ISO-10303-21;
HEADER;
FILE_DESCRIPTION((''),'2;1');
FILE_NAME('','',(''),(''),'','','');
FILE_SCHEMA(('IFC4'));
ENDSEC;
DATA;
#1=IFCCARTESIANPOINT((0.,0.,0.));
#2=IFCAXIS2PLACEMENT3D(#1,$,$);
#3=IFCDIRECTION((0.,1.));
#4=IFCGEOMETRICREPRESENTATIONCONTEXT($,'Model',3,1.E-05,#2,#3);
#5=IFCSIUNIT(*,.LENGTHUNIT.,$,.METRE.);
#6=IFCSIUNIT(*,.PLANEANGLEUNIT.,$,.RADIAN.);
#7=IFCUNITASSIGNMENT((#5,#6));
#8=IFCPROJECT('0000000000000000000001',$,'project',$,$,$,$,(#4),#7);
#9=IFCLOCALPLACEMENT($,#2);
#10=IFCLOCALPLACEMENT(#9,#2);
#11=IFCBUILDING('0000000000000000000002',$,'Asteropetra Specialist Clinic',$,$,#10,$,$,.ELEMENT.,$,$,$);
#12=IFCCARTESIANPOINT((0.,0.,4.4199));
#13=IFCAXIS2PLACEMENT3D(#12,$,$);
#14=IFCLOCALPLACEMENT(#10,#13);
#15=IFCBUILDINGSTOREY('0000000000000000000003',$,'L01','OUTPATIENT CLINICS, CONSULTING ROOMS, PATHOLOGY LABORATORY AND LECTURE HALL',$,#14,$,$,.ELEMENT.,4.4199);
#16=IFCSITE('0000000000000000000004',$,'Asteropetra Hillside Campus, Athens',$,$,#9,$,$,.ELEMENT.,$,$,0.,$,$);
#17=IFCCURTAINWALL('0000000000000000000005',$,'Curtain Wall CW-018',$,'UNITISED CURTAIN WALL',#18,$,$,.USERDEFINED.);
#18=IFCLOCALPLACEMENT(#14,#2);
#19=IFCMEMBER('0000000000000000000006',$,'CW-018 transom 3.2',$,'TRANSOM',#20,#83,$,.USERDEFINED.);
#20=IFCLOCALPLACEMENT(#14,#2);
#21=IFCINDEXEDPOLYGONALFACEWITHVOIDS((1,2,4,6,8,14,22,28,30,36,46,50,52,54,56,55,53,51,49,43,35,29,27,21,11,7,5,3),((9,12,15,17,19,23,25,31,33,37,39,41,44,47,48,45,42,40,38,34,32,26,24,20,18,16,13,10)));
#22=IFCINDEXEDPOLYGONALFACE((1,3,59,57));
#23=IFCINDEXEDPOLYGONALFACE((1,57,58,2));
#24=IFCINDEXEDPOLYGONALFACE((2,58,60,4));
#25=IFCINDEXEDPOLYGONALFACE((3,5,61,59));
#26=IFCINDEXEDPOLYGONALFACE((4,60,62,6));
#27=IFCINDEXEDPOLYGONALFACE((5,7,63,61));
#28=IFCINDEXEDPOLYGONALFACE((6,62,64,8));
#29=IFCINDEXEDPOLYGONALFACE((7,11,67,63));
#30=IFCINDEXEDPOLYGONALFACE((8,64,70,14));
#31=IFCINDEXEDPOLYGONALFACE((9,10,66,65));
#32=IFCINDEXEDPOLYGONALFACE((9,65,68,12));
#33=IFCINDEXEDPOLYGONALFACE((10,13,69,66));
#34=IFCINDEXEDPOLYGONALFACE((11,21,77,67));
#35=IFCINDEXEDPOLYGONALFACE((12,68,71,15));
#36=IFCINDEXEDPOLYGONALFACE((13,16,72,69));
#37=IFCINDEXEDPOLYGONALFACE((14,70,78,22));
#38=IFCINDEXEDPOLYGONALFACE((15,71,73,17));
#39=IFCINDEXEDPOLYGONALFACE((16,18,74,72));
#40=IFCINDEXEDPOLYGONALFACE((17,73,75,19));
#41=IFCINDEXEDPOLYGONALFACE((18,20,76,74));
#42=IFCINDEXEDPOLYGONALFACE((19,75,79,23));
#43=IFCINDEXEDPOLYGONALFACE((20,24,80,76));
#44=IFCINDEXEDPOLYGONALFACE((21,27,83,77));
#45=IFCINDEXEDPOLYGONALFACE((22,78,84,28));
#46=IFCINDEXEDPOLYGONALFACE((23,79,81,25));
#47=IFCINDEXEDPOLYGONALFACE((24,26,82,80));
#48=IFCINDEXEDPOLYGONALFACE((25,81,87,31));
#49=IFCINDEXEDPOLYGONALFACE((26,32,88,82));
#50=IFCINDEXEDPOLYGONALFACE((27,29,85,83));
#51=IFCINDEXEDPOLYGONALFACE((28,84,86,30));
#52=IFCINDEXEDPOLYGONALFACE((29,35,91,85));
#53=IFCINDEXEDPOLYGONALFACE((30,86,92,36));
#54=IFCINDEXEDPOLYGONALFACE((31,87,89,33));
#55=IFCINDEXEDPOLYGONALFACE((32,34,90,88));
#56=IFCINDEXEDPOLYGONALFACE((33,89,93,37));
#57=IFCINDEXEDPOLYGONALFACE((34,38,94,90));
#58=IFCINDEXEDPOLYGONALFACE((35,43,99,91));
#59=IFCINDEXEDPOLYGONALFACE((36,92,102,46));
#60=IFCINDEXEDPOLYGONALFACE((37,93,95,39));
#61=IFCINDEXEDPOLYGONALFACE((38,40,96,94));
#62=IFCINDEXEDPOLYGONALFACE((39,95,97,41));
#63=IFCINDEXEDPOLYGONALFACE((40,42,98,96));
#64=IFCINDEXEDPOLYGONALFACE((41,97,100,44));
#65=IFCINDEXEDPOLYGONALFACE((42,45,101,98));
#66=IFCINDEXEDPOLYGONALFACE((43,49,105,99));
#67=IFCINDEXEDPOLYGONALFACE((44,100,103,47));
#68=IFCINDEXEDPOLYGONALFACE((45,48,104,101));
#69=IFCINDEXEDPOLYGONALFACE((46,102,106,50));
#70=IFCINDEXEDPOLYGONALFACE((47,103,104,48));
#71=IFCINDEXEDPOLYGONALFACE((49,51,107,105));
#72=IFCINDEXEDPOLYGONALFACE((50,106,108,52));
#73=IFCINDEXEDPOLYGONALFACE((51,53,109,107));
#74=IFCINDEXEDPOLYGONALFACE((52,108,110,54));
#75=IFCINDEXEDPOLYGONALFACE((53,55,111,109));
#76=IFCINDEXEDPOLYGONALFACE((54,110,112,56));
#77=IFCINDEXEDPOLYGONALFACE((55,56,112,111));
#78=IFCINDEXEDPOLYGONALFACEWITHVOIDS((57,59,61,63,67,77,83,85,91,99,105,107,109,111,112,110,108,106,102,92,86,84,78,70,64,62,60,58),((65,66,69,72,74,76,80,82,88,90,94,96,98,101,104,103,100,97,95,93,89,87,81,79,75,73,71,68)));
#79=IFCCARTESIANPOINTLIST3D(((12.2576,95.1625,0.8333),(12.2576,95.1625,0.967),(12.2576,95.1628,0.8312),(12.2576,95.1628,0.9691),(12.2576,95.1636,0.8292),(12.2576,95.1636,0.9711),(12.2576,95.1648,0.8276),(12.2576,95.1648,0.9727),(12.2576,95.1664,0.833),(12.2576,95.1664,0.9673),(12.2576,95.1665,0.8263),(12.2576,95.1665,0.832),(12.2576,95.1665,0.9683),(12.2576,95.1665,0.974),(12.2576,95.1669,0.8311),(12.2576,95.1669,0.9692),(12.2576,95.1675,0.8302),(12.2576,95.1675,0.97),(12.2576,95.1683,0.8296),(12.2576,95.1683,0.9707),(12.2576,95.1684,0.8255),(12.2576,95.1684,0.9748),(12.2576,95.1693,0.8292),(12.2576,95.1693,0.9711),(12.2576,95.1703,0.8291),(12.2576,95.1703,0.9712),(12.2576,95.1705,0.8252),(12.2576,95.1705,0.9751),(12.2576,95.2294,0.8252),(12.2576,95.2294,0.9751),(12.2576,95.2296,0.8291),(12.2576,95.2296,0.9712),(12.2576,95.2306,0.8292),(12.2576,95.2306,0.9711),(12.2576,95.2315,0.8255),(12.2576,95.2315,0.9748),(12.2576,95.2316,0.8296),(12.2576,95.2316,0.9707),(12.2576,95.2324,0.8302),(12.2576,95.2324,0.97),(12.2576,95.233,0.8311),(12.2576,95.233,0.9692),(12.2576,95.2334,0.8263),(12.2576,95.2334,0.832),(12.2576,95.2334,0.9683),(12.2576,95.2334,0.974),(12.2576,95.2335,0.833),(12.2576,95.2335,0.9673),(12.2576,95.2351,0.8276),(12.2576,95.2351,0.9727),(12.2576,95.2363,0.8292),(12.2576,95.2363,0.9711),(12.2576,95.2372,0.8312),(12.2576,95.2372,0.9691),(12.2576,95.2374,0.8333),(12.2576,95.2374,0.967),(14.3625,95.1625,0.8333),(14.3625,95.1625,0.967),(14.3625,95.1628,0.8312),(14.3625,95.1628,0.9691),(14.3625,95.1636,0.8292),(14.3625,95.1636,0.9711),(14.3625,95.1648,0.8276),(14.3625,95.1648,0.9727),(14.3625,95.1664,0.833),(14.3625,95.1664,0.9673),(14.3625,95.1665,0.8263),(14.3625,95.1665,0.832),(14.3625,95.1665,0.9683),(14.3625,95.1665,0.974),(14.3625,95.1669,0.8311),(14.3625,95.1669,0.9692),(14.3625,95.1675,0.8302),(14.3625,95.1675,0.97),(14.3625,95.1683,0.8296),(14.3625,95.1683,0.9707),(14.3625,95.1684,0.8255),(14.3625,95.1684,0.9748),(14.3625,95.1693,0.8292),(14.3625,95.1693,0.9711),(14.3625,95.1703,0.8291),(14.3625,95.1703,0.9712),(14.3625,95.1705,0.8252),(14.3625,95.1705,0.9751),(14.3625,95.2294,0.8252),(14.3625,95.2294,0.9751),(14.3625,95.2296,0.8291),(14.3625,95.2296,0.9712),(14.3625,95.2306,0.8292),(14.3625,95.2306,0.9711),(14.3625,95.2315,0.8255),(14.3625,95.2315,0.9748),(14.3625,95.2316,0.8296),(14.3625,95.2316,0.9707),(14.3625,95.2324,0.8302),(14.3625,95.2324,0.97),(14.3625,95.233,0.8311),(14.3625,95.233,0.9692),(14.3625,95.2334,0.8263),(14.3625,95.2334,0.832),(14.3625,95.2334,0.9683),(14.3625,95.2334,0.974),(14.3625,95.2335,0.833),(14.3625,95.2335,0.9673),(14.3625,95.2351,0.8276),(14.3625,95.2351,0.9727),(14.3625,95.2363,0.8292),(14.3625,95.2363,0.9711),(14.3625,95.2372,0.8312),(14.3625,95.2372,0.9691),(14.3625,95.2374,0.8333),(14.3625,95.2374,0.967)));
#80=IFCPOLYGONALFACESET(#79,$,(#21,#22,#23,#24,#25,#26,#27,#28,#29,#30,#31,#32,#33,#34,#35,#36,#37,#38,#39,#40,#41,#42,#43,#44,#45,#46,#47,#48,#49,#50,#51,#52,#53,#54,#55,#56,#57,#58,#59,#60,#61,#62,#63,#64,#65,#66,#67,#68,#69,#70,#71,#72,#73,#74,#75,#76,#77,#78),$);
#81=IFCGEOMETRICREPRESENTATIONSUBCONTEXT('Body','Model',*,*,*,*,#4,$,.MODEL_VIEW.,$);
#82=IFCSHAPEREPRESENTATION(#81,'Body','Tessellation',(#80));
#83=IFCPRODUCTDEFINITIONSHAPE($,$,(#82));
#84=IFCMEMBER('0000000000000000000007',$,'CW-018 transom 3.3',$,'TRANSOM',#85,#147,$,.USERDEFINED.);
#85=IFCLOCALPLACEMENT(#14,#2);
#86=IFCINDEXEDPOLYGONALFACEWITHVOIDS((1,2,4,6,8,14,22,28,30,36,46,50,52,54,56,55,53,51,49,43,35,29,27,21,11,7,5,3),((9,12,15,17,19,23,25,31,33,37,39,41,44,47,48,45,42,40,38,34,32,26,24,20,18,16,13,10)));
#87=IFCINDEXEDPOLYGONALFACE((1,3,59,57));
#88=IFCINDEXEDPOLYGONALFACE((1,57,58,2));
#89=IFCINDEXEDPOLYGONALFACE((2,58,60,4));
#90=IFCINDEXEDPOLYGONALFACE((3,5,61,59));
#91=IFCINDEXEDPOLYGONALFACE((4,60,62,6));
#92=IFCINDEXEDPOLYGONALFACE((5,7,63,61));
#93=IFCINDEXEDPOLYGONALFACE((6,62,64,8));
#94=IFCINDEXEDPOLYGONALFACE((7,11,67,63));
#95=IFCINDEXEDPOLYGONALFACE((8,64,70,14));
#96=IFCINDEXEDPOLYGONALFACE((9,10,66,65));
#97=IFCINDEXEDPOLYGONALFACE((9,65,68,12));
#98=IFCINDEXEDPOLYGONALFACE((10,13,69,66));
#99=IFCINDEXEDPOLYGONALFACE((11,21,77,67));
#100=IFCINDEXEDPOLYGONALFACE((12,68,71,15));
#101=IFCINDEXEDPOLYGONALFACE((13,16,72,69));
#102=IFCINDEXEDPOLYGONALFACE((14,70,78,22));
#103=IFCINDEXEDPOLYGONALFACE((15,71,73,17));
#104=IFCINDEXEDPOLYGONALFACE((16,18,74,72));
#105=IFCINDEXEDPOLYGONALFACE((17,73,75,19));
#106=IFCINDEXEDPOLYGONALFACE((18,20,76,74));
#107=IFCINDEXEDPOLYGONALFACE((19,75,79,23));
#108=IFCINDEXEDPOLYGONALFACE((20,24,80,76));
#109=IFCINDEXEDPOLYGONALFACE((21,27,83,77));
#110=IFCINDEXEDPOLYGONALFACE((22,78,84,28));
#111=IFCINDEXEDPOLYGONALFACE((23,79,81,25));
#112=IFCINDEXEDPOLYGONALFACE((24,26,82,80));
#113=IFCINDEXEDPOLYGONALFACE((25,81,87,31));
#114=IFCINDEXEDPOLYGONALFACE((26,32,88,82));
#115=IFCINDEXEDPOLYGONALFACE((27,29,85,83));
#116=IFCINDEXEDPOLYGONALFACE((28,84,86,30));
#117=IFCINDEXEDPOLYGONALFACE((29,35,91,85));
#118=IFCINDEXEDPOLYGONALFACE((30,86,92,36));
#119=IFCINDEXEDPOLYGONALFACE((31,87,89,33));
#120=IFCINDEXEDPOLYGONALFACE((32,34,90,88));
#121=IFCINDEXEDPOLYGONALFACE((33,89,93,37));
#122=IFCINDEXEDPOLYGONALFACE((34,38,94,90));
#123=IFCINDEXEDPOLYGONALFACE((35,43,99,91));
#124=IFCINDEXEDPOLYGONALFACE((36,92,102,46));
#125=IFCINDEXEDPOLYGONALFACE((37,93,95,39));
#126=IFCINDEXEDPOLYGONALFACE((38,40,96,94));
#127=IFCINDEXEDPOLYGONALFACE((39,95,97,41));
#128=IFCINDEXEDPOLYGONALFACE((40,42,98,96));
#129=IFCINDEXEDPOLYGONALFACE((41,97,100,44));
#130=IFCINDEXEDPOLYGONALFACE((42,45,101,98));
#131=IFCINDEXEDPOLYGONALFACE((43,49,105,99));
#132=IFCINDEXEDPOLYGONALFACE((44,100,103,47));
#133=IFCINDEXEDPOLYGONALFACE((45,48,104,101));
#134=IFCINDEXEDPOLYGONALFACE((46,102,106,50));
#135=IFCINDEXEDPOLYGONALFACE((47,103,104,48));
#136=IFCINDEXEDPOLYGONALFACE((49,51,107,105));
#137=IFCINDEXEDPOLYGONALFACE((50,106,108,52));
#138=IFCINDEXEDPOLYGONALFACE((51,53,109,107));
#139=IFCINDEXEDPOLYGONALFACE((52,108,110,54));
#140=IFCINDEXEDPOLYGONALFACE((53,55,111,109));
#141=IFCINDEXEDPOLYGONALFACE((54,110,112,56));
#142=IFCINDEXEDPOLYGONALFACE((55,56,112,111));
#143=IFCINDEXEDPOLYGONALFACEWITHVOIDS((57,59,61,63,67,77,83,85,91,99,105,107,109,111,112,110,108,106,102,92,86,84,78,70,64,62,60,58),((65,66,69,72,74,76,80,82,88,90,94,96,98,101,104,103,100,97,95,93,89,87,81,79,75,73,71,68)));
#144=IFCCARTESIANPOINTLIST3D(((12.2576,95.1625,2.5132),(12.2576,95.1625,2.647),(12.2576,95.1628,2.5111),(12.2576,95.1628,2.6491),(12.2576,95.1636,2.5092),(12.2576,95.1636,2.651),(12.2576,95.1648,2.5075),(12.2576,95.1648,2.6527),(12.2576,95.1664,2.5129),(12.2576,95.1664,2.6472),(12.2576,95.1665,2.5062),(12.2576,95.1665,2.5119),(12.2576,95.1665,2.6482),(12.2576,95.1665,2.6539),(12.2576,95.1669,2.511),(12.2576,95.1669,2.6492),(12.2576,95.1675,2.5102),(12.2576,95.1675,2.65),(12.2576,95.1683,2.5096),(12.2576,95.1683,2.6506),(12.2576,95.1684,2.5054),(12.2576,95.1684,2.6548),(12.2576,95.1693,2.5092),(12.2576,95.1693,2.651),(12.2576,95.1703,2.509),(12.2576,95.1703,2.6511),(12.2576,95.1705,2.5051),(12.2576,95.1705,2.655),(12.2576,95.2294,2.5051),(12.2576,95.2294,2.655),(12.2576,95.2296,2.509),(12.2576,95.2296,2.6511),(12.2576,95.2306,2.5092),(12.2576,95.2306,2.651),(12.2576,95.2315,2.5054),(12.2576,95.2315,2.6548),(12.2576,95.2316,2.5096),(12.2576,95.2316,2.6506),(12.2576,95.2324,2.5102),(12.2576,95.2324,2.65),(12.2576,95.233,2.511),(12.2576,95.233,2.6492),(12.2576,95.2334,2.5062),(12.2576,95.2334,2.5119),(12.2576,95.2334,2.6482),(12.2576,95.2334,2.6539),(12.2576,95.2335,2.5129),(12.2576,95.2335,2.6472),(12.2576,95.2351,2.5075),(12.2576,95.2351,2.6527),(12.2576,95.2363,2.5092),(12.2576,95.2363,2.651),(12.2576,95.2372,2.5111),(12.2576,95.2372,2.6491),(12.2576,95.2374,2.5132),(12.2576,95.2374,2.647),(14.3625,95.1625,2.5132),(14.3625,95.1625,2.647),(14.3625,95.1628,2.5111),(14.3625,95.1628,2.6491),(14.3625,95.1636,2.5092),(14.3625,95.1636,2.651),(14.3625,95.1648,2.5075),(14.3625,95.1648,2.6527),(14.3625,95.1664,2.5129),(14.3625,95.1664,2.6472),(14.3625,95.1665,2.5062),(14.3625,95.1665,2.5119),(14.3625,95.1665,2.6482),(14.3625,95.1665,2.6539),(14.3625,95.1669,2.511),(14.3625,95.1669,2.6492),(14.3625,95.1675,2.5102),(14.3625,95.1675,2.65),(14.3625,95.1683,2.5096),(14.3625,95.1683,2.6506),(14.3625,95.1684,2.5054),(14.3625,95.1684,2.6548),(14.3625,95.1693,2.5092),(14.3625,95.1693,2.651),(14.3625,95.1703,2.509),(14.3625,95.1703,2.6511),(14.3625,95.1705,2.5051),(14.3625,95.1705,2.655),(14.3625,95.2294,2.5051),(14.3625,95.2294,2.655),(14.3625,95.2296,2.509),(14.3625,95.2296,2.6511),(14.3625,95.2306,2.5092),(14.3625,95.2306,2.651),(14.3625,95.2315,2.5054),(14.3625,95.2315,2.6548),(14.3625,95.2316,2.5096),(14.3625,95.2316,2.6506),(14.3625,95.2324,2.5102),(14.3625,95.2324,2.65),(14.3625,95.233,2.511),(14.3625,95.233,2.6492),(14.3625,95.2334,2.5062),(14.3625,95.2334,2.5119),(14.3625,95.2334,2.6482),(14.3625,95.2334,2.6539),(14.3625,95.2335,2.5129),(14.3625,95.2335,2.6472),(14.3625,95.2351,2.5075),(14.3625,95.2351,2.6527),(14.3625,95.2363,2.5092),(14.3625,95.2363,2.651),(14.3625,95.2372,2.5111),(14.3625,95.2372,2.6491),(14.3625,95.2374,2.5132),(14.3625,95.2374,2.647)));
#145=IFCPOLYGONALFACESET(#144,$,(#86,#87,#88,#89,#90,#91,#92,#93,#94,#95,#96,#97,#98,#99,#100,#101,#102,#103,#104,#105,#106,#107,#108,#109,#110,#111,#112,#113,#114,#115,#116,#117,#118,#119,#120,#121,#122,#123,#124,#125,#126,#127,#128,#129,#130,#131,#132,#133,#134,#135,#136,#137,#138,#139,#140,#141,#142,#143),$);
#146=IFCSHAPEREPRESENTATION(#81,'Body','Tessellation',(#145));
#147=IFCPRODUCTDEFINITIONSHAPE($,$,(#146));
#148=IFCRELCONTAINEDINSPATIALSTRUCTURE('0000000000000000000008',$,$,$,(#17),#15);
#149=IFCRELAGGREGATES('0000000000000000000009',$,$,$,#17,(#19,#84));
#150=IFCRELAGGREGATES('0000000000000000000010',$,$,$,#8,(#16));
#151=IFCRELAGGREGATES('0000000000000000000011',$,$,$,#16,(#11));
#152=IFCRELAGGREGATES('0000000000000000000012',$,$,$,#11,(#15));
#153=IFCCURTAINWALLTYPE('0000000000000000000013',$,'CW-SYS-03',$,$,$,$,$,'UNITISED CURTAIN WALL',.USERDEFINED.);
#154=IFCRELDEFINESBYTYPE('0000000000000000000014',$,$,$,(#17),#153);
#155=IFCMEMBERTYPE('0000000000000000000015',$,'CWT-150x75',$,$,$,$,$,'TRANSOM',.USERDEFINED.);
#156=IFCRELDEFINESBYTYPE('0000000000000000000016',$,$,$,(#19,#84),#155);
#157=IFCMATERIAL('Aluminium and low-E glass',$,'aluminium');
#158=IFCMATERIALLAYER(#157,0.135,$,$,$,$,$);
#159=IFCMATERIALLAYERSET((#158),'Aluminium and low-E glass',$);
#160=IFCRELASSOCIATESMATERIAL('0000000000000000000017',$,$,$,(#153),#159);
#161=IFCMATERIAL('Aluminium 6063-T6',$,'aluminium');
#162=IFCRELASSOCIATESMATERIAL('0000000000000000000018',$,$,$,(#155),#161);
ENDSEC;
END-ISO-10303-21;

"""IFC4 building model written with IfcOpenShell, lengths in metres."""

from ifc_helpers import new_model, si_unit, direction, frame, origin, origin_2d, place, context, subcontext, project, spatial, hollow_rectangle, extrude, material, layer, layer_set, material_profile, profile_set, type_object, element, aggregate, save


model = new_model("IFC4")

# Units and contexts
model_context = context("Model", 3, precision=1e-05, world=origin(), true_north=direction((0.0, 1.0)))
body_context = subcontext(model_context, "Body", "Model", "MODEL_VIEW")
ifc_project = project(units=[si_unit("LENGTHUNIT", "METRE"), si_unit("PLANEANGLEUNIT", "RADIAN")], contexts=[model_context])

# Site, building, storey
site_placement = place(None, origin())
site = spatial("IfcSite", under=ifc_project, at=site_placement, Name="Asteropetra Hillside Campus, Athens", CompositionType="ELEMENT", RefElevation=0.0)
building_placement = place(site_placement, origin())
building = spatial("IfcBuilding", under=site, at=building_placement, Name="Asteropetra Specialist Clinic", CompositionType="ELEMENT")
storey_placement = place(building_placement, frame((0.0, 0.0, 4.4199)))
storey = spatial("IfcBuildingStorey", under=building, at=storey_placement, Name="L01", Description="OUTPATIENT CLINICS, CONSULTING ROOMS, PATHOLOGY LABORATORY AND LECTURE HALL", CompositionType="ELEMENT", Elevation=4.4199)

# Curtain wall, members
ifc_material_1 = material(Name="Aluminium and low-E glass", Category="aluminium")
ifc_layer_1 = layer(ifc_material_1, 0.135)
ifc_layer_set_1 = layer_set([ifc_layer_1], Name="Aluminium and low-E glass")
curtain_wall_type = type_object("IfcCurtainWallType", Name="CW-SYS-03", ElementType="UNITISED CURTAIN WALL", PredefinedType="USERDEFINED", material=ifc_layer_set_1)
curtain_wall_placement = place(storey_placement, origin())
curtain_wall = element("IfcCurtainWall", 1, at=curtain_wall_placement, inside=storey, type_object=curtain_wall_type, Name="Curtain Wall CW-018", ObjectType="UNITISED CURTAIN WALL", PredefinedType="USERDEFINED")
ifc_material_2 = material(Name="Aluminium 6063-T6", Category="aluminium")
ifc_material_profile_1 = material_profile(ifc_material_2, hollow_rectangle(XDim=0.075, YDim=0.1499, WallThickness=0.0039, InnerFilletRadius=0.0039, OuterFilletRadius=0.0081, at=origin_2d()), Name="TRN 150x75x4.0")
ifc_profile_set_1 = profile_set([ifc_material_profile_1], Name="Aluminium 6063-T6")
member_type_1 = type_object("IfcMemberType", Name="CWT-150x75", ElementType="TRANSOM", PredefinedType="USERDEFINED", material=ifc_profile_set_1)
member_1_placement = place(storey_placement, frame((14.3625, 95.2, 0.9001), z_axis=(-1.0, 0.0, 0.0), x_axis=(0.0, -1.0, 0.0)))
member_1 = element("IfcMember", 2, at=member_1_placement, type_object=member_type_1, Name="CW-018 transom 3.2", ObjectType="TRANSOM", PredefinedType="USERDEFINED", context=body_context, shape_type="SweptSolid", body=[
    extrude(hollow_rectangle(XDim=0.075, YDim=0.1499, WallThickness=0.0039, InnerFilletRadius=0.0039, OuterFilletRadius=0.0081, at=origin_2d()), origin(), (0.0, 0.0, 1.0), 2.105),
])
member_2_placement = place(storey_placement, frame((14.3625, 95.2, 2.5801), z_axis=(-1.0, 0.0, 0.0), x_axis=(0.0, -1.0, 0.0)))
member_2 = element("IfcMember", 3, at=member_2_placement, type_object=member_type_1, Name="CW-018 transom 3.3", ObjectType="TRANSOM", PredefinedType="USERDEFINED", context=body_context, shape_type="SweptSolid", body=[
    extrude(hollow_rectangle(XDim=0.075, YDim=0.1499, WallThickness=0.0039, InnerFilletRadius=0.0039, OuterFilletRadius=0.0081, at=origin_2d()), origin(), (0.0, 0.0, 1.0), 2.105),
])
aggregate(curtain_wall, [member_1, member_2])

save(model, "model.ifc")
